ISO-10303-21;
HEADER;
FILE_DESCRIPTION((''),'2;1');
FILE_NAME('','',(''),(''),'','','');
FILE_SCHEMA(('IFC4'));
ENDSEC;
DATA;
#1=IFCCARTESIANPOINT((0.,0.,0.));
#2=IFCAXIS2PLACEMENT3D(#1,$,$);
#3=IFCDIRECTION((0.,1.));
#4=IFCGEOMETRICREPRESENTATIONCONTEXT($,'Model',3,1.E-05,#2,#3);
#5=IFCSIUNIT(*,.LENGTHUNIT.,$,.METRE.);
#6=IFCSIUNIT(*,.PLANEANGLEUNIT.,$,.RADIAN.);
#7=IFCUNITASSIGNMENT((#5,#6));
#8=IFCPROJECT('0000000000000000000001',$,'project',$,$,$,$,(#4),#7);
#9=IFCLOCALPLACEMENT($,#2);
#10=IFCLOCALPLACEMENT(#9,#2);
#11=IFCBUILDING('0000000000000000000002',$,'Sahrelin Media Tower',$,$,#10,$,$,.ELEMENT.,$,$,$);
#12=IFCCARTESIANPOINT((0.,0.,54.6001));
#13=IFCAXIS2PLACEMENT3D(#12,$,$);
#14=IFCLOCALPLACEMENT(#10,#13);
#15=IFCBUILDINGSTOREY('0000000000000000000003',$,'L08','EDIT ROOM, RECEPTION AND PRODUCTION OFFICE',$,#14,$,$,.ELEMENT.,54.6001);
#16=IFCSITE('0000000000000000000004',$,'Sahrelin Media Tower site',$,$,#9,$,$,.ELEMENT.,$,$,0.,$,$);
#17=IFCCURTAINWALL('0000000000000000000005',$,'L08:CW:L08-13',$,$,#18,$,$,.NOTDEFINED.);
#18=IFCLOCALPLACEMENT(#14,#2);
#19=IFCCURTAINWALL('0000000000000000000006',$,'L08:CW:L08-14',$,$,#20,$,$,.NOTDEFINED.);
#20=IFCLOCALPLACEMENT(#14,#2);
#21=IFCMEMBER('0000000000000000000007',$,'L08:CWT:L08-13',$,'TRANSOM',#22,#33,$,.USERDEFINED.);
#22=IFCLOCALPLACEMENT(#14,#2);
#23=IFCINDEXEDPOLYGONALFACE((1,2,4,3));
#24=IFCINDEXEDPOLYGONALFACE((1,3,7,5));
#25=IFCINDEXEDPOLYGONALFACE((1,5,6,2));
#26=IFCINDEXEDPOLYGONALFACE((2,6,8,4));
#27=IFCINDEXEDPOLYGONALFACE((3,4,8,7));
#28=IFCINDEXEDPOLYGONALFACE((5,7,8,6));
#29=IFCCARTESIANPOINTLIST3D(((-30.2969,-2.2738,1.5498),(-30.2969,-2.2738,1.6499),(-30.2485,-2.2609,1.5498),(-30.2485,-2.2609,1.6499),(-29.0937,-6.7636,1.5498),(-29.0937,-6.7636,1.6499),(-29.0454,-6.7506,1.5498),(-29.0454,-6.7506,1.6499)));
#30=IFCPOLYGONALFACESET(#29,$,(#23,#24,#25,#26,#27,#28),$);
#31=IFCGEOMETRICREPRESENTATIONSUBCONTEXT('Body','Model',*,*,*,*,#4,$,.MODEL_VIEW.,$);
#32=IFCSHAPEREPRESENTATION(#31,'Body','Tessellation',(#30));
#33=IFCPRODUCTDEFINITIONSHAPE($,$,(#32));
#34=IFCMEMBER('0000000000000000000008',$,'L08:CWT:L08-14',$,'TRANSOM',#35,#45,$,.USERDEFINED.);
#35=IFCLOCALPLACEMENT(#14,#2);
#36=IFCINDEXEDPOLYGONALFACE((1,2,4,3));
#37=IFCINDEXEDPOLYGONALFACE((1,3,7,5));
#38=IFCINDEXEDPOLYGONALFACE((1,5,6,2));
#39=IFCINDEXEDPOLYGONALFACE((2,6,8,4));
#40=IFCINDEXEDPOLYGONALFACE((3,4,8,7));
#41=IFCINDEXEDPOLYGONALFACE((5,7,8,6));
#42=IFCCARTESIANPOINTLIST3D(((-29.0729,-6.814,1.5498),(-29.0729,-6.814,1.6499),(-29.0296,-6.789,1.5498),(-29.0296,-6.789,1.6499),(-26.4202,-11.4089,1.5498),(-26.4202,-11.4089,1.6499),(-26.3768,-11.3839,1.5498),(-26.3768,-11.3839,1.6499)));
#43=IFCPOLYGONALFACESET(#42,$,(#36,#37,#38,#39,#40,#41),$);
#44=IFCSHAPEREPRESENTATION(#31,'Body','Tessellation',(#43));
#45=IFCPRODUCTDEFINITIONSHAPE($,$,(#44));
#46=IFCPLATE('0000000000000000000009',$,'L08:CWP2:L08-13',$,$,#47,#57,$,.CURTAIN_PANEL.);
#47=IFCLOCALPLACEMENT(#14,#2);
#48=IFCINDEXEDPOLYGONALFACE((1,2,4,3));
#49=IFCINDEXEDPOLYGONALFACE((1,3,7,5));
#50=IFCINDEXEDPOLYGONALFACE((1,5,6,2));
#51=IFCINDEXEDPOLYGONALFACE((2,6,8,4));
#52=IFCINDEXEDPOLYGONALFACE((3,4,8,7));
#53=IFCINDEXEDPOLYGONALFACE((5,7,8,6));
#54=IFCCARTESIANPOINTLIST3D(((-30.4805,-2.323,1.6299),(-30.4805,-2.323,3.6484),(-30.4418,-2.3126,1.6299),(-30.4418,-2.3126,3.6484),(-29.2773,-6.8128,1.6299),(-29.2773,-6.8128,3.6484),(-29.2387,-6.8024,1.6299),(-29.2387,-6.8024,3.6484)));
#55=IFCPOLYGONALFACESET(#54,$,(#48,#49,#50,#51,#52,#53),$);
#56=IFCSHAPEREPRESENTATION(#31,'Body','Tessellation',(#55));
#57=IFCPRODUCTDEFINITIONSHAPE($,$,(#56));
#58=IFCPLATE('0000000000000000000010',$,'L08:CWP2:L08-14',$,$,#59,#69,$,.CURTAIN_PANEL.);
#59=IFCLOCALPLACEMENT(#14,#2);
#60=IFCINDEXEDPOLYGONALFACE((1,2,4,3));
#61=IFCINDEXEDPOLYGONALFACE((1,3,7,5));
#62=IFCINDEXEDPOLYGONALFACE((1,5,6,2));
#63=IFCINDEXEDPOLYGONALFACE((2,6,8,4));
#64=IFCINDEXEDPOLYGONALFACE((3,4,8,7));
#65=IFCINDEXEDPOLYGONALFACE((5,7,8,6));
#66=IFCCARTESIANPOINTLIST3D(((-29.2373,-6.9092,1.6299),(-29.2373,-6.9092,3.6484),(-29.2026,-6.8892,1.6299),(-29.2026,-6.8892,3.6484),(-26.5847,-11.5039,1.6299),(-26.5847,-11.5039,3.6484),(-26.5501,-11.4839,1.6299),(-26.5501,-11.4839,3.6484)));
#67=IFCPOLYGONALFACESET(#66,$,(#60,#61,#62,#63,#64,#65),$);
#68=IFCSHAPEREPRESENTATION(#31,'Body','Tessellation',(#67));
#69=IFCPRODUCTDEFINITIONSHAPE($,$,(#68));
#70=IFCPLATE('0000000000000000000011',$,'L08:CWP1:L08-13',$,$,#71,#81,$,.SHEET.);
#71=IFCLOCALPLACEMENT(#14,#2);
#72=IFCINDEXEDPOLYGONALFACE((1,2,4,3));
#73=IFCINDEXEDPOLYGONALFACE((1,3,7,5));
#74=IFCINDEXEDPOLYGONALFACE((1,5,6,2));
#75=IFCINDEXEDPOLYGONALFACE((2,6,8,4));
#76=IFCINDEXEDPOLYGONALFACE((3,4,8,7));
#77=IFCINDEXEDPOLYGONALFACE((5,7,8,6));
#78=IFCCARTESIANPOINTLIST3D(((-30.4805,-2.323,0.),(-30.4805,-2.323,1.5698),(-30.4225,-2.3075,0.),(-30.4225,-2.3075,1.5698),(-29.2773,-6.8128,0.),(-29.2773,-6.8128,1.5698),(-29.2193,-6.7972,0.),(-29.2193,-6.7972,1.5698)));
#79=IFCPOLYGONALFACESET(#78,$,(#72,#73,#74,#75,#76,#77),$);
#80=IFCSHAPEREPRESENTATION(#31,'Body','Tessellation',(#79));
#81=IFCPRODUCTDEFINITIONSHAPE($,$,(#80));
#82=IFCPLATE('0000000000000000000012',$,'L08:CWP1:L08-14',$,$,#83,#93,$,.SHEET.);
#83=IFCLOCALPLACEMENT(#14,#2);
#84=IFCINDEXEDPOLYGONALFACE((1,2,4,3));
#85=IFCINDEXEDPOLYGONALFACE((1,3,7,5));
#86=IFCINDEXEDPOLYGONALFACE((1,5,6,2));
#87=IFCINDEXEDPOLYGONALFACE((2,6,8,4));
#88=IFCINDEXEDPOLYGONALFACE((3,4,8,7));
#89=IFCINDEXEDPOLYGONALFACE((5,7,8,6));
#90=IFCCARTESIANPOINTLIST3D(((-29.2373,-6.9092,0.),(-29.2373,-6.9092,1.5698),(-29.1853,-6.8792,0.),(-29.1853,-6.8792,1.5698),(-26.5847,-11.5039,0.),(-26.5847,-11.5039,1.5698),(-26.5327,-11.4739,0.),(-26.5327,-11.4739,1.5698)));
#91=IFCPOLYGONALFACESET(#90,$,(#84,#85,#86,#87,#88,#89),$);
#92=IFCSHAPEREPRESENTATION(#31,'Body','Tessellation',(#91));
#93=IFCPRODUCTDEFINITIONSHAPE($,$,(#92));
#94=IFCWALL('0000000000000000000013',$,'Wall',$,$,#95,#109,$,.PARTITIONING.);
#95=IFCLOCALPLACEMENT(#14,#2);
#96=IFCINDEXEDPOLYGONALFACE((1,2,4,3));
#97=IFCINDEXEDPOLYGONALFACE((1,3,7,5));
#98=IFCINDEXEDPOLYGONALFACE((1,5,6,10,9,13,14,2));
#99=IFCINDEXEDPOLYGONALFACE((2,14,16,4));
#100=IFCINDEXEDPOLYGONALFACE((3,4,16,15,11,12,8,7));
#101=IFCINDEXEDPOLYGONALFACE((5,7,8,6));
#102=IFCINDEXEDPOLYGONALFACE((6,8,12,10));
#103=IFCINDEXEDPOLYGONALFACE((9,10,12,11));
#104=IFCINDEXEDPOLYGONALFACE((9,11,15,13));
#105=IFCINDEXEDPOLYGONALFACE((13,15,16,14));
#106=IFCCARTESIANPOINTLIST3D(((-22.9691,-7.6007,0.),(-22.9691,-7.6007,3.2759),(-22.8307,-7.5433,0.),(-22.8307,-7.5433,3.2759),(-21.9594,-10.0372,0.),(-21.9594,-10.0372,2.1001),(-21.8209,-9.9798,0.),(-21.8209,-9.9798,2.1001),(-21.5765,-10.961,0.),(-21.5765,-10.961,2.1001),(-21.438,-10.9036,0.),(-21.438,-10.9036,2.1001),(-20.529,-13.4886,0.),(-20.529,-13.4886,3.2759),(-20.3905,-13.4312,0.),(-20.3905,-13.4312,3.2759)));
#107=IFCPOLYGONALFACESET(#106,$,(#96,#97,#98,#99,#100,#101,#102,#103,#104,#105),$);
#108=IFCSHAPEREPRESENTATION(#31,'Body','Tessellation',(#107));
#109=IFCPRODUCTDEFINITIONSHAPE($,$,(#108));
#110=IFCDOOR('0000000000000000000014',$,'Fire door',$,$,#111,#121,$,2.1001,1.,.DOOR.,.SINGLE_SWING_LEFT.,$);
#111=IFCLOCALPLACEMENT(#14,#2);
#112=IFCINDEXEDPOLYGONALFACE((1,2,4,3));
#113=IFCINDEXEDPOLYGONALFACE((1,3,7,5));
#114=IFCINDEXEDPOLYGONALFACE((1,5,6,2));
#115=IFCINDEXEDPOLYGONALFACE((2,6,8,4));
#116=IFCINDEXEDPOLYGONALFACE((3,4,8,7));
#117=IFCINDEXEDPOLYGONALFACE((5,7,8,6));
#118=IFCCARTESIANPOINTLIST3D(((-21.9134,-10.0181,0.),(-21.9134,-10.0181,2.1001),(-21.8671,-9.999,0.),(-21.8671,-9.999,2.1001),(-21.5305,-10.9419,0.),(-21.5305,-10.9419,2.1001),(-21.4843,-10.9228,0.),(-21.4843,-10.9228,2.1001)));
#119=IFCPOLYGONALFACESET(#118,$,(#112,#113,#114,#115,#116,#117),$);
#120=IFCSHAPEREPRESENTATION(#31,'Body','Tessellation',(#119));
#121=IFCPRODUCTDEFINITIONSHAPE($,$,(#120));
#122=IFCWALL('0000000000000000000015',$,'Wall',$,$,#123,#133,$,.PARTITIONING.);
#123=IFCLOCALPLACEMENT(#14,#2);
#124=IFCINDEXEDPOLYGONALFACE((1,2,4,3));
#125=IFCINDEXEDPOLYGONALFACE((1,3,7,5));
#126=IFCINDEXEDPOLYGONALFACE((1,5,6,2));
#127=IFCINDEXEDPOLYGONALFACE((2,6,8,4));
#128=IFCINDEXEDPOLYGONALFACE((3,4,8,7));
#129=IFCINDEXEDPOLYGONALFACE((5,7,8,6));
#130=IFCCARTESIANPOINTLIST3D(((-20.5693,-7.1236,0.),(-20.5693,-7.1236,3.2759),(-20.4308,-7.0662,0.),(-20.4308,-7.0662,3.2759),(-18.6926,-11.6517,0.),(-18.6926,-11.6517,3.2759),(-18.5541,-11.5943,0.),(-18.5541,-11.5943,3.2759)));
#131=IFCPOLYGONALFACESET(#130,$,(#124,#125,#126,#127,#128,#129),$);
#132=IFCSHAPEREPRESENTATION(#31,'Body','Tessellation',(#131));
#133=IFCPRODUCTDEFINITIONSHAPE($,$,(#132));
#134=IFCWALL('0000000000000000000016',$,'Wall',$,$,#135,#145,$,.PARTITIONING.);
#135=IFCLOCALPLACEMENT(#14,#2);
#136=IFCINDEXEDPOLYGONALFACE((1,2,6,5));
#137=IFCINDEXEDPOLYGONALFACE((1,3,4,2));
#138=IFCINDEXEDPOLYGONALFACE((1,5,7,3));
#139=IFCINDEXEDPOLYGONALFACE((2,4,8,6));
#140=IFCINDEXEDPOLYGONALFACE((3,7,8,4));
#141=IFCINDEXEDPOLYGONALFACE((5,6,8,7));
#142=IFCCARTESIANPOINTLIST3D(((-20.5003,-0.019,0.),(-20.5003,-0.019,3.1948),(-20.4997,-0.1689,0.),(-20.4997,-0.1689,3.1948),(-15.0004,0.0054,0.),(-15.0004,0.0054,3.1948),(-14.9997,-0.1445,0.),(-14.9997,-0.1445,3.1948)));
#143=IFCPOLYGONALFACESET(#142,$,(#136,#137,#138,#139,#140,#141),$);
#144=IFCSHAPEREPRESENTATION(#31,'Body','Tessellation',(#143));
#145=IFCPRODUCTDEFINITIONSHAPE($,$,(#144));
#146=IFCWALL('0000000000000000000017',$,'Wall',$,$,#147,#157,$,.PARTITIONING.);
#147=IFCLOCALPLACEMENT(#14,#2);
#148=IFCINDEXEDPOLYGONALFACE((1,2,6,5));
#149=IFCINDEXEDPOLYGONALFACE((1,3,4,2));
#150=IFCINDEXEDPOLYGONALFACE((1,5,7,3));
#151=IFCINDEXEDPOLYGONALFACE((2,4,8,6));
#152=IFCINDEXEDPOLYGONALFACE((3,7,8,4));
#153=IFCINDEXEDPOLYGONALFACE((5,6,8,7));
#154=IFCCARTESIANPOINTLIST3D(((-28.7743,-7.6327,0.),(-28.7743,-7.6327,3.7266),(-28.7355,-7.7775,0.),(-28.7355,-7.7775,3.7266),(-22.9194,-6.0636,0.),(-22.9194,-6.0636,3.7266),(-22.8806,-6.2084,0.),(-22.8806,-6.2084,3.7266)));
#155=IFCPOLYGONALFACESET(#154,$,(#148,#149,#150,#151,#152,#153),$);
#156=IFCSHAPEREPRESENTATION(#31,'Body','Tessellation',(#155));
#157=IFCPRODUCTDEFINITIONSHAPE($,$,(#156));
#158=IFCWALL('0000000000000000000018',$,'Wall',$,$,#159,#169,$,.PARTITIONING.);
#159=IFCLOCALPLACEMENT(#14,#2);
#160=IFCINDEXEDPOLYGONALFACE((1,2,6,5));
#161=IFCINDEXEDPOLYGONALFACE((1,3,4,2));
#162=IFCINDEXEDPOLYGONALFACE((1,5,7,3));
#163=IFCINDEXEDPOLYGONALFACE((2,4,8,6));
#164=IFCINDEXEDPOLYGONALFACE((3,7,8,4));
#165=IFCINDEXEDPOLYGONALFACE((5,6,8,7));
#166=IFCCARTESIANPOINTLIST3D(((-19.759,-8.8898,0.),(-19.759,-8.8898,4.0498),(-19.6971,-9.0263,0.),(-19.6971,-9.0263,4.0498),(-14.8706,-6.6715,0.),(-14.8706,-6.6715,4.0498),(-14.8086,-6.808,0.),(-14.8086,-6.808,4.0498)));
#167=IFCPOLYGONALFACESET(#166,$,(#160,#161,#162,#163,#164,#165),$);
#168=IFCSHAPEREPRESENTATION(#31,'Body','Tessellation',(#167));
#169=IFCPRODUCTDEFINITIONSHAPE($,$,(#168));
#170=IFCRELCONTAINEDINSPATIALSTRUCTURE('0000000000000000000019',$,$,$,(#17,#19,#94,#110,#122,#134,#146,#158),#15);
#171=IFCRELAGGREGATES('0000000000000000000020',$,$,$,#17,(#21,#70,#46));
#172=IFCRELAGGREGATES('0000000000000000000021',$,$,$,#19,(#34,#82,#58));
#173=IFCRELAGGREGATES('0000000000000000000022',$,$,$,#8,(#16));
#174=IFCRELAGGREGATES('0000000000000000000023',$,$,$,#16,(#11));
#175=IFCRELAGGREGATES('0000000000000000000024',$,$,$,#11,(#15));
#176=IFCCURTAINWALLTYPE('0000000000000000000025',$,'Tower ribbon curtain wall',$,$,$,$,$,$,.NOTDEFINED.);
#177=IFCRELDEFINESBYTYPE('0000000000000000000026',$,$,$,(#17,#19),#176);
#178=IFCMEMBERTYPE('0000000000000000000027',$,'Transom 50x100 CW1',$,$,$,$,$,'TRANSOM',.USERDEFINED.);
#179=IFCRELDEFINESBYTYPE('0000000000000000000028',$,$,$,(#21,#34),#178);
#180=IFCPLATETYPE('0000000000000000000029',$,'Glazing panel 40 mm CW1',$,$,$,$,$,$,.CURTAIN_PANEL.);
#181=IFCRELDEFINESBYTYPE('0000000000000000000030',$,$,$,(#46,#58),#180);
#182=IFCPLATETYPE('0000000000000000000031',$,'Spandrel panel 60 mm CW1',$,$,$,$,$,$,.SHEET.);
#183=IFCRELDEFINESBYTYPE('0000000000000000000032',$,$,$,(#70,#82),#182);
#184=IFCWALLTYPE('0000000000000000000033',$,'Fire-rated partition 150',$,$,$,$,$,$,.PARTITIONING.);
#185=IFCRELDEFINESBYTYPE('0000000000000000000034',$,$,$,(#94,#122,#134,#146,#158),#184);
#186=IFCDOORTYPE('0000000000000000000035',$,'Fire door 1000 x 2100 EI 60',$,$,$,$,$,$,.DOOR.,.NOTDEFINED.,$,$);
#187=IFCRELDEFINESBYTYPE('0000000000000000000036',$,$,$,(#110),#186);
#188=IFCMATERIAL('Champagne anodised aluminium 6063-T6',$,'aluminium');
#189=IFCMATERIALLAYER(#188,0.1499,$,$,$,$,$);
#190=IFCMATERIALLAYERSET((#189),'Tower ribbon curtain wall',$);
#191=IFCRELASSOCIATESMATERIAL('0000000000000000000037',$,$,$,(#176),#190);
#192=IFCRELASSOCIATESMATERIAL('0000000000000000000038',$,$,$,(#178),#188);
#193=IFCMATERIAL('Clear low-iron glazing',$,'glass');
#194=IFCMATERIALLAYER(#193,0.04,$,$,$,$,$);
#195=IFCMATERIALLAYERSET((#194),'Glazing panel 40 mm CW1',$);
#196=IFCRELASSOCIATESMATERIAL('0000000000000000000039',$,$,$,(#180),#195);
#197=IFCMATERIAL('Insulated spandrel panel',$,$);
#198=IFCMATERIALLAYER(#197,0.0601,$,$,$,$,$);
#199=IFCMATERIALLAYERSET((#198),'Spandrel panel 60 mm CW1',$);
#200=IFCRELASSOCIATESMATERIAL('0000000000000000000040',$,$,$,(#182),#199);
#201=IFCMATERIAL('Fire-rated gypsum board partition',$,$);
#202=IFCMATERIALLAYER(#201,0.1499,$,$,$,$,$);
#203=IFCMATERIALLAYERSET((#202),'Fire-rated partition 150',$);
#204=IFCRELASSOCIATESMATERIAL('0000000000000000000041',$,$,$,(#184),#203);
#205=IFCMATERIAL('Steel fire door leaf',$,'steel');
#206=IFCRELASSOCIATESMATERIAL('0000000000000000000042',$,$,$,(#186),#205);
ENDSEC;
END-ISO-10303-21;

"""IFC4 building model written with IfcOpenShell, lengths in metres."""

from ifc_helpers import new_model, si_unit, direction, frame, frame_2d, origin, origin_2d, place, context, subcontext, project, spatial, polyline, rectangle, outline, extrude, material, layer, layer_set, material_profile, profile_set, type_object, element, fill, aggregate, save


model = new_model("IFC4")

# Units and contexts
model_context = context("Model", 3, precision=1e-05, world=origin(), true_north=direction((0.0, 1.0)))
body_context = subcontext(model_context, "Body", "Model", "MODEL_VIEW")
ifc_project = project(units=[si_unit("LENGTHUNIT", "METRE"), si_unit("PLANEANGLEUNIT", "RADIAN")], contexts=[model_context])

# Site, building, storey
site_placement = place(None, origin())
site = spatial("IfcSite", under=ifc_project, at=site_placement, Name="Sahrelin Media Tower site", CompositionType="ELEMENT", RefElevation=0.0)
building_placement = place(site_placement, origin())
building = spatial("IfcBuilding", under=site, at=building_placement, Name="Sahrelin Media Tower", CompositionType="ELEMENT")
storey_placement = place(building_placement, frame((0.0, 0.0, 54.6001)))
storey = spatial("IfcBuildingStorey", under=building, at=storey_placement, Name="L08", Description="EDIT ROOM, RECEPTION AND PRODUCTION OFFICE", CompositionType="ELEMENT", Elevation=54.6001)

# Curtain walls
ifc_material_1 = material(Name="Champagne anodised aluminium 6063-T6", Category="aluminium")
ifc_layer_1 = layer(ifc_material_1, 0.1499)
ifc_layer_set_1 = layer_set([ifc_layer_1], Name="Tower ribbon curtain wall")
curtain_wall_type = type_object("IfcCurtainWallType", Name="Tower ribbon curtain wall", PredefinedType="NOTDEFINED", material=ifc_layer_set_1)
curtain_wall_1_placement = place(storey_placement, frame((-29.8596, -4.5627, 0.0), z_axis=(0.0, 0.0, 1.0), x_axis=(1.0, 0.0, 0.0)))
curtain_wall_1 = element("IfcCurtainWall", 1, at=curtain_wall_1_placement, inside=storey, type_object=curtain_wall_type, Name="L08:CW:L08-13", PredefinedType="NOTDEFINED")
curtain_wall_2_placement = place(storey_placement, frame((-27.8938, -9.1965, 0.0), z_axis=(0.0, 0.0, 1.0), x_axis=(1.0, 0.0, 0.0)))
curtain_wall_2 = element("IfcCurtainWall", 2, at=curtain_wall_2_placement, inside=storey, type_object=curtain_wall_type, Name="L08:CW:L08-14", PredefinedType="NOTDEFINED")

# Members
ifc_material_profile_1 = material_profile(ifc_material_1, rectangle(XDim=0.05, YDim=0.1001, at=origin_2d()), Name="Transom 50x100")
ifc_profile_set_1 = profile_set([ifc_material_profile_1], Name="Champagne anodised aluminium 6063-T6")
member_type_1 = type_object("IfcMemberType", Name="Transom 50x100 CW1", ElementType="TRANSOM", PredefinedType="USERDEFINED", material=ifc_profile_set_1)
member_1_placement = place(storey_placement, frame((-30.2727, -2.2673, 1.5999), z_axis=(0.258839, -0.96592, 0.0), x_axis=(0.96592, 0.258839, 0.0)))
member_1 = element("IfcMember", 3, at=member_1_placement, type_object=member_type_1, Name="L08:CWT:L08-13", ObjectType="TRANSOM", PredefinedType="USERDEFINED", context=body_context, shape_type="SweptSolid", body=[
    extrude(rectangle(XDim=0.05, YDim=0.1001, at=origin_2d()), origin(), (0.0, 0.0, 1.0), 4.6482),
])
member_2_placement = place(storey_placement, frame((-29.0513, -6.8015, 1.5999), z_axis=(0.499989, -0.866032, 0.0), x_axis=(0.866032, 0.499989, 0.0)))
member_2 = element("IfcMember", 4, at=member_2_placement, type_object=member_type_1, Name="L08:CWT:L08-14", ObjectType="TRANSOM", PredefinedType="USERDEFINED", context=body_context, shape_type="SweptSolid", body=[
    extrude(rectangle(XDim=0.05, YDim=0.1001, at=origin_2d()), origin(), (0.0, 0.0, 1.0), 5.3057),
])

# Plates
ifc_material_2 = material(Name="Clear low-iron glazing", Category="glass")
ifc_layer_2 = layer(ifc_material_2, 0.04)
ifc_layer_set_2 = layer_set([ifc_layer_2], Name="Glazing panel 40 mm CW1")
plate_type_1 = type_object("IfcPlateType", Name="Glazing panel 40 mm CW1", PredefinedType="CURTAIN_PANEL", material=ifc_layer_set_2)
plate_1_placement = place(storey_placement, frame((-30.4805, -2.323, 1.6299), z_axis=(-0.96592, -0.258839, 0.0), x_axis=(0.258839, -0.96592, 0.0)))
plate_1 = element("IfcPlate", 5, at=plate_1_placement, type_object=plate_type_1, Name="L08:CWP2:L08-13", PredefinedType="CURTAIN_PANEL", context=body_context, shape_type="SweptSolid", body=[
    extrude(outline(polyline([(0.0, 0.0), (4.6482, 0.0), (4.6482, 2.0186), (0.0, 2.0186), (0.0, 0.0)])), origin(), (0.0, 0.0, -1.0), 0.04),
])
plate_2_placement = place(storey_placement, frame((-29.2373, -6.9092, 1.6299), z_axis=(-0.86604, -0.499975, 0.0), x_axis=(0.499975, -0.86604, 0.0)))
plate_2 = element("IfcPlate", 6, at=plate_2_placement, type_object=plate_type_1, Name="L08:CWP2:L08-14", PredefinedType="CURTAIN_PANEL", context=body_context, shape_type="SweptSolid", body=[
    extrude(outline(polyline([(0.0, 0.0), (5.3054, 0.0), (5.3054, 2.0186), (0.0, 2.0186), (0.0, 0.0)])), origin(), (0.0, 0.0, -1.0), 0.04),
])
ifc_material_3 = material(Name="Insulated spandrel panel")
ifc_layer_3 = layer(ifc_material_3, 0.0601)
ifc_layer_set_3 = layer_set([ifc_layer_3], Name="Spandrel panel 60 mm CW1")
plate_type_2 = type_object("IfcPlateType", Name="Spandrel panel 60 mm CW1", PredefinedType="SHEET", material=ifc_layer_set_3)
plate_3_placement = place(storey_placement, frame((-30.4805, -2.323, 0.0), z_axis=(-0.96592, -0.258839, 0.0), x_axis=(0.258839, -0.96592, 0.0)))
plate_3 = element("IfcPlate", 7, at=plate_3_placement, type_object=plate_type_2, Name="L08:CWP1:L08-13", PredefinedType="SHEET", context=body_context, shape_type="SweptSolid", body=[
    extrude(outline(polyline([(0.0, 0.0), (4.6482, 0.0), (4.6482, 1.5698), (0.0, 1.5698), (0.0, 0.0)])), origin(), (0.0, 0.0, -1.0), 0.0601),
])
aggregate(curtain_wall_1, [member_1, plate_3, plate_1])
plate_4_placement = place(storey_placement, frame((-29.2373, -6.9092, 0.0), z_axis=(-0.86604, -0.499975, 0.0), x_axis=(0.499975, -0.86604, 0.0)))
plate_4 = element("IfcPlate", 8, at=plate_4_placement, type_object=plate_type_2, Name="L08:CWP1:L08-14", PredefinedType="SHEET", context=body_context, shape_type="SweptSolid", body=[
    extrude(outline(polyline([(0.0, 0.0), (5.3054, 0.0), (5.3054, 1.5698), (0.0, 1.5698), (0.0, 0.0)])), origin(), (0.0, 0.0, -1.0), 0.0601),
])
aggregate(curtain_wall_2, [member_2, plate_4, plate_2])

# Wall, opening, door
ifc_material_4 = material(Name="Fire-rated gypsum board partition")
ifc_layer_4 = layer(ifc_material_4, 0.1499)
ifc_layer_set_4 = layer_set([ifc_layer_4], Name="Fire-rated partition 150")
wall_type_1 = type_object("IfcWallType", Name="Fire-rated partition 150", PredefinedType="PARTITIONING", material=ifc_layer_set_4)
wall_1_placement = place(storey_placement, frame((-22.8999, -7.572, 0.0), z_axis=(0.0, 0.0, 1.0), x_axis=(0.38286, -0.923806, 0.0)))
wall_1 = element("IfcWall", 9, at=wall_1_placement, inside=storey, type_object=wall_type_1, Name="Wall", PredefinedType="PARTITIONING", context=body_context, shape_type="SweptSolid", body=[
    extrude(rectangle(XDim=6.3735, YDim=0.1499, at=frame_2d((3.1868, 0.0))), origin(), (0.0, 0.0, 1.0), 3.2759),
])
opening_1_placement = place(wall_1_placement, frame((2.6375, 0.0, 0.0)))
opening_1 = element("IfcOpeningElement", 10, at=opening_1_placement, cuts=wall_1, PredefinedType="OPENING", context=body_context, shape_type="SweptSolid", body=[
    extrude(rectangle(XDim=1.0, YDim=2.1001, at=frame_2d((0.5, 1.05))), frame((0.0, 0.075, 0.0), z_axis=(0.0, -1.0, 0.0), x_axis=(1.0, 0.0, 0.0)), (0.0, 0.0, 1.0), 0.1499),
])
ifc_material_5 = material(Name="Steel fire door leaf", Category="steel")
door_type_1 = type_object("IfcDoorType", Name="Fire door 1000 x 2100 EI 60", OperationType="NOTDEFINED", PredefinedType="DOOR", material=ifc_material_5)
door_1_placement = place(opening_1_placement, origin())
door_1 = element("IfcDoor", 11, at=door_1_placement, inside=storey, type_object=door_type_1, Name="Fire door", OperationType="SINGLE_SWING_LEFT", OverallHeight=2.1001, OverallWidth=1.0, PredefinedType="DOOR", context=body_context, shape_type="SweptSolid", body=[
    extrude(rectangle(XDim=1.0, YDim=2.1001, at=frame_2d((0.5, 1.05))), frame((0.0, 0.0249, 0.0), z_axis=(0.0, -1.0, 0.0), x_axis=(1.0, 0.0, 0.0)), (0.0, 0.0, 1.0), 0.05),
])
fill(opening_1, door_1)

# Walls
wall_2_placement = place(storey_placement, frame((-20.5, -7.095, 0.0), z_axis=(0.0, 0.0, 1.0), x_axis=(0.382878, -0.923799, 0.0)))
element("IfcWall", 12, at=wall_2_placement, inside=storey, type_object=wall_type_1, Name="Wall", PredefinedType="PARTITIONING", context=body_context, shape_type="SweptSolid", body=[
    extrude(rectangle(XDim=4.9016, YDim=0.1499, at=frame_2d((2.4507, 0.0))), origin(), (0.0, 0.0, 1.0), 3.2759),
])
wall_3_placement = place(storey_placement, frame((-20.5, -0.094, 0.0), z_axis=(0.0, 0.0, 1.0), x_axis=(0.99999, 0.004439, 0.0)))
element("IfcWall", 13, at=wall_3_placement, inside=storey, type_object=wall_type_1, Name="Wall", PredefinedType="PARTITIONING", context=body_context, shape_type="SweptSolid", body=[
    extrude(rectangle(XDim=5.5, YDim=0.1499, at=frame_2d((2.75, 0.0))), origin(), (0.0, 0.0, 1.0), 3.1948),
])
wall_4_placement = place(storey_placement, frame((-28.7549, -7.7051, 0.0), z_axis=(0.0, 0.0, 1.0), x_axis=(0.965915, 0.258858, 0.0)))
element("IfcWall", 14, at=wall_4_placement, inside=storey, type_object=wall_type_1, Name="Wall", PredefinedType="PARTITIONING", context=body_context, shape_type="SweptSolid", body=[
    extrude(rectangle(XDim=6.0615, YDim=0.1499, at=frame_2d((3.0308, 0.0))), origin(), (0.0, 0.0, 1.0), 3.7266),
])
wall_5_placement = place(storey_placement, frame((-19.728, -8.958, 0.0), z_axis=(0.0, 0.0, 1.0), x_axis=(0.91063, 0.413224, 0.0)))
element("IfcWall", 15, at=wall_5_placement, inside=storey, type_object=wall_type_1, Name="Wall", PredefinedType="PARTITIONING", context=body_context, shape_type="SweptSolid", body=[
    extrude(rectangle(XDim=5.3682, YDim=0.1499, at=frame_2d((2.6841, 0.0))), origin(), (0.0, 0.0, 1.0), 4.0498),
])

save(model, "model.ifc")
